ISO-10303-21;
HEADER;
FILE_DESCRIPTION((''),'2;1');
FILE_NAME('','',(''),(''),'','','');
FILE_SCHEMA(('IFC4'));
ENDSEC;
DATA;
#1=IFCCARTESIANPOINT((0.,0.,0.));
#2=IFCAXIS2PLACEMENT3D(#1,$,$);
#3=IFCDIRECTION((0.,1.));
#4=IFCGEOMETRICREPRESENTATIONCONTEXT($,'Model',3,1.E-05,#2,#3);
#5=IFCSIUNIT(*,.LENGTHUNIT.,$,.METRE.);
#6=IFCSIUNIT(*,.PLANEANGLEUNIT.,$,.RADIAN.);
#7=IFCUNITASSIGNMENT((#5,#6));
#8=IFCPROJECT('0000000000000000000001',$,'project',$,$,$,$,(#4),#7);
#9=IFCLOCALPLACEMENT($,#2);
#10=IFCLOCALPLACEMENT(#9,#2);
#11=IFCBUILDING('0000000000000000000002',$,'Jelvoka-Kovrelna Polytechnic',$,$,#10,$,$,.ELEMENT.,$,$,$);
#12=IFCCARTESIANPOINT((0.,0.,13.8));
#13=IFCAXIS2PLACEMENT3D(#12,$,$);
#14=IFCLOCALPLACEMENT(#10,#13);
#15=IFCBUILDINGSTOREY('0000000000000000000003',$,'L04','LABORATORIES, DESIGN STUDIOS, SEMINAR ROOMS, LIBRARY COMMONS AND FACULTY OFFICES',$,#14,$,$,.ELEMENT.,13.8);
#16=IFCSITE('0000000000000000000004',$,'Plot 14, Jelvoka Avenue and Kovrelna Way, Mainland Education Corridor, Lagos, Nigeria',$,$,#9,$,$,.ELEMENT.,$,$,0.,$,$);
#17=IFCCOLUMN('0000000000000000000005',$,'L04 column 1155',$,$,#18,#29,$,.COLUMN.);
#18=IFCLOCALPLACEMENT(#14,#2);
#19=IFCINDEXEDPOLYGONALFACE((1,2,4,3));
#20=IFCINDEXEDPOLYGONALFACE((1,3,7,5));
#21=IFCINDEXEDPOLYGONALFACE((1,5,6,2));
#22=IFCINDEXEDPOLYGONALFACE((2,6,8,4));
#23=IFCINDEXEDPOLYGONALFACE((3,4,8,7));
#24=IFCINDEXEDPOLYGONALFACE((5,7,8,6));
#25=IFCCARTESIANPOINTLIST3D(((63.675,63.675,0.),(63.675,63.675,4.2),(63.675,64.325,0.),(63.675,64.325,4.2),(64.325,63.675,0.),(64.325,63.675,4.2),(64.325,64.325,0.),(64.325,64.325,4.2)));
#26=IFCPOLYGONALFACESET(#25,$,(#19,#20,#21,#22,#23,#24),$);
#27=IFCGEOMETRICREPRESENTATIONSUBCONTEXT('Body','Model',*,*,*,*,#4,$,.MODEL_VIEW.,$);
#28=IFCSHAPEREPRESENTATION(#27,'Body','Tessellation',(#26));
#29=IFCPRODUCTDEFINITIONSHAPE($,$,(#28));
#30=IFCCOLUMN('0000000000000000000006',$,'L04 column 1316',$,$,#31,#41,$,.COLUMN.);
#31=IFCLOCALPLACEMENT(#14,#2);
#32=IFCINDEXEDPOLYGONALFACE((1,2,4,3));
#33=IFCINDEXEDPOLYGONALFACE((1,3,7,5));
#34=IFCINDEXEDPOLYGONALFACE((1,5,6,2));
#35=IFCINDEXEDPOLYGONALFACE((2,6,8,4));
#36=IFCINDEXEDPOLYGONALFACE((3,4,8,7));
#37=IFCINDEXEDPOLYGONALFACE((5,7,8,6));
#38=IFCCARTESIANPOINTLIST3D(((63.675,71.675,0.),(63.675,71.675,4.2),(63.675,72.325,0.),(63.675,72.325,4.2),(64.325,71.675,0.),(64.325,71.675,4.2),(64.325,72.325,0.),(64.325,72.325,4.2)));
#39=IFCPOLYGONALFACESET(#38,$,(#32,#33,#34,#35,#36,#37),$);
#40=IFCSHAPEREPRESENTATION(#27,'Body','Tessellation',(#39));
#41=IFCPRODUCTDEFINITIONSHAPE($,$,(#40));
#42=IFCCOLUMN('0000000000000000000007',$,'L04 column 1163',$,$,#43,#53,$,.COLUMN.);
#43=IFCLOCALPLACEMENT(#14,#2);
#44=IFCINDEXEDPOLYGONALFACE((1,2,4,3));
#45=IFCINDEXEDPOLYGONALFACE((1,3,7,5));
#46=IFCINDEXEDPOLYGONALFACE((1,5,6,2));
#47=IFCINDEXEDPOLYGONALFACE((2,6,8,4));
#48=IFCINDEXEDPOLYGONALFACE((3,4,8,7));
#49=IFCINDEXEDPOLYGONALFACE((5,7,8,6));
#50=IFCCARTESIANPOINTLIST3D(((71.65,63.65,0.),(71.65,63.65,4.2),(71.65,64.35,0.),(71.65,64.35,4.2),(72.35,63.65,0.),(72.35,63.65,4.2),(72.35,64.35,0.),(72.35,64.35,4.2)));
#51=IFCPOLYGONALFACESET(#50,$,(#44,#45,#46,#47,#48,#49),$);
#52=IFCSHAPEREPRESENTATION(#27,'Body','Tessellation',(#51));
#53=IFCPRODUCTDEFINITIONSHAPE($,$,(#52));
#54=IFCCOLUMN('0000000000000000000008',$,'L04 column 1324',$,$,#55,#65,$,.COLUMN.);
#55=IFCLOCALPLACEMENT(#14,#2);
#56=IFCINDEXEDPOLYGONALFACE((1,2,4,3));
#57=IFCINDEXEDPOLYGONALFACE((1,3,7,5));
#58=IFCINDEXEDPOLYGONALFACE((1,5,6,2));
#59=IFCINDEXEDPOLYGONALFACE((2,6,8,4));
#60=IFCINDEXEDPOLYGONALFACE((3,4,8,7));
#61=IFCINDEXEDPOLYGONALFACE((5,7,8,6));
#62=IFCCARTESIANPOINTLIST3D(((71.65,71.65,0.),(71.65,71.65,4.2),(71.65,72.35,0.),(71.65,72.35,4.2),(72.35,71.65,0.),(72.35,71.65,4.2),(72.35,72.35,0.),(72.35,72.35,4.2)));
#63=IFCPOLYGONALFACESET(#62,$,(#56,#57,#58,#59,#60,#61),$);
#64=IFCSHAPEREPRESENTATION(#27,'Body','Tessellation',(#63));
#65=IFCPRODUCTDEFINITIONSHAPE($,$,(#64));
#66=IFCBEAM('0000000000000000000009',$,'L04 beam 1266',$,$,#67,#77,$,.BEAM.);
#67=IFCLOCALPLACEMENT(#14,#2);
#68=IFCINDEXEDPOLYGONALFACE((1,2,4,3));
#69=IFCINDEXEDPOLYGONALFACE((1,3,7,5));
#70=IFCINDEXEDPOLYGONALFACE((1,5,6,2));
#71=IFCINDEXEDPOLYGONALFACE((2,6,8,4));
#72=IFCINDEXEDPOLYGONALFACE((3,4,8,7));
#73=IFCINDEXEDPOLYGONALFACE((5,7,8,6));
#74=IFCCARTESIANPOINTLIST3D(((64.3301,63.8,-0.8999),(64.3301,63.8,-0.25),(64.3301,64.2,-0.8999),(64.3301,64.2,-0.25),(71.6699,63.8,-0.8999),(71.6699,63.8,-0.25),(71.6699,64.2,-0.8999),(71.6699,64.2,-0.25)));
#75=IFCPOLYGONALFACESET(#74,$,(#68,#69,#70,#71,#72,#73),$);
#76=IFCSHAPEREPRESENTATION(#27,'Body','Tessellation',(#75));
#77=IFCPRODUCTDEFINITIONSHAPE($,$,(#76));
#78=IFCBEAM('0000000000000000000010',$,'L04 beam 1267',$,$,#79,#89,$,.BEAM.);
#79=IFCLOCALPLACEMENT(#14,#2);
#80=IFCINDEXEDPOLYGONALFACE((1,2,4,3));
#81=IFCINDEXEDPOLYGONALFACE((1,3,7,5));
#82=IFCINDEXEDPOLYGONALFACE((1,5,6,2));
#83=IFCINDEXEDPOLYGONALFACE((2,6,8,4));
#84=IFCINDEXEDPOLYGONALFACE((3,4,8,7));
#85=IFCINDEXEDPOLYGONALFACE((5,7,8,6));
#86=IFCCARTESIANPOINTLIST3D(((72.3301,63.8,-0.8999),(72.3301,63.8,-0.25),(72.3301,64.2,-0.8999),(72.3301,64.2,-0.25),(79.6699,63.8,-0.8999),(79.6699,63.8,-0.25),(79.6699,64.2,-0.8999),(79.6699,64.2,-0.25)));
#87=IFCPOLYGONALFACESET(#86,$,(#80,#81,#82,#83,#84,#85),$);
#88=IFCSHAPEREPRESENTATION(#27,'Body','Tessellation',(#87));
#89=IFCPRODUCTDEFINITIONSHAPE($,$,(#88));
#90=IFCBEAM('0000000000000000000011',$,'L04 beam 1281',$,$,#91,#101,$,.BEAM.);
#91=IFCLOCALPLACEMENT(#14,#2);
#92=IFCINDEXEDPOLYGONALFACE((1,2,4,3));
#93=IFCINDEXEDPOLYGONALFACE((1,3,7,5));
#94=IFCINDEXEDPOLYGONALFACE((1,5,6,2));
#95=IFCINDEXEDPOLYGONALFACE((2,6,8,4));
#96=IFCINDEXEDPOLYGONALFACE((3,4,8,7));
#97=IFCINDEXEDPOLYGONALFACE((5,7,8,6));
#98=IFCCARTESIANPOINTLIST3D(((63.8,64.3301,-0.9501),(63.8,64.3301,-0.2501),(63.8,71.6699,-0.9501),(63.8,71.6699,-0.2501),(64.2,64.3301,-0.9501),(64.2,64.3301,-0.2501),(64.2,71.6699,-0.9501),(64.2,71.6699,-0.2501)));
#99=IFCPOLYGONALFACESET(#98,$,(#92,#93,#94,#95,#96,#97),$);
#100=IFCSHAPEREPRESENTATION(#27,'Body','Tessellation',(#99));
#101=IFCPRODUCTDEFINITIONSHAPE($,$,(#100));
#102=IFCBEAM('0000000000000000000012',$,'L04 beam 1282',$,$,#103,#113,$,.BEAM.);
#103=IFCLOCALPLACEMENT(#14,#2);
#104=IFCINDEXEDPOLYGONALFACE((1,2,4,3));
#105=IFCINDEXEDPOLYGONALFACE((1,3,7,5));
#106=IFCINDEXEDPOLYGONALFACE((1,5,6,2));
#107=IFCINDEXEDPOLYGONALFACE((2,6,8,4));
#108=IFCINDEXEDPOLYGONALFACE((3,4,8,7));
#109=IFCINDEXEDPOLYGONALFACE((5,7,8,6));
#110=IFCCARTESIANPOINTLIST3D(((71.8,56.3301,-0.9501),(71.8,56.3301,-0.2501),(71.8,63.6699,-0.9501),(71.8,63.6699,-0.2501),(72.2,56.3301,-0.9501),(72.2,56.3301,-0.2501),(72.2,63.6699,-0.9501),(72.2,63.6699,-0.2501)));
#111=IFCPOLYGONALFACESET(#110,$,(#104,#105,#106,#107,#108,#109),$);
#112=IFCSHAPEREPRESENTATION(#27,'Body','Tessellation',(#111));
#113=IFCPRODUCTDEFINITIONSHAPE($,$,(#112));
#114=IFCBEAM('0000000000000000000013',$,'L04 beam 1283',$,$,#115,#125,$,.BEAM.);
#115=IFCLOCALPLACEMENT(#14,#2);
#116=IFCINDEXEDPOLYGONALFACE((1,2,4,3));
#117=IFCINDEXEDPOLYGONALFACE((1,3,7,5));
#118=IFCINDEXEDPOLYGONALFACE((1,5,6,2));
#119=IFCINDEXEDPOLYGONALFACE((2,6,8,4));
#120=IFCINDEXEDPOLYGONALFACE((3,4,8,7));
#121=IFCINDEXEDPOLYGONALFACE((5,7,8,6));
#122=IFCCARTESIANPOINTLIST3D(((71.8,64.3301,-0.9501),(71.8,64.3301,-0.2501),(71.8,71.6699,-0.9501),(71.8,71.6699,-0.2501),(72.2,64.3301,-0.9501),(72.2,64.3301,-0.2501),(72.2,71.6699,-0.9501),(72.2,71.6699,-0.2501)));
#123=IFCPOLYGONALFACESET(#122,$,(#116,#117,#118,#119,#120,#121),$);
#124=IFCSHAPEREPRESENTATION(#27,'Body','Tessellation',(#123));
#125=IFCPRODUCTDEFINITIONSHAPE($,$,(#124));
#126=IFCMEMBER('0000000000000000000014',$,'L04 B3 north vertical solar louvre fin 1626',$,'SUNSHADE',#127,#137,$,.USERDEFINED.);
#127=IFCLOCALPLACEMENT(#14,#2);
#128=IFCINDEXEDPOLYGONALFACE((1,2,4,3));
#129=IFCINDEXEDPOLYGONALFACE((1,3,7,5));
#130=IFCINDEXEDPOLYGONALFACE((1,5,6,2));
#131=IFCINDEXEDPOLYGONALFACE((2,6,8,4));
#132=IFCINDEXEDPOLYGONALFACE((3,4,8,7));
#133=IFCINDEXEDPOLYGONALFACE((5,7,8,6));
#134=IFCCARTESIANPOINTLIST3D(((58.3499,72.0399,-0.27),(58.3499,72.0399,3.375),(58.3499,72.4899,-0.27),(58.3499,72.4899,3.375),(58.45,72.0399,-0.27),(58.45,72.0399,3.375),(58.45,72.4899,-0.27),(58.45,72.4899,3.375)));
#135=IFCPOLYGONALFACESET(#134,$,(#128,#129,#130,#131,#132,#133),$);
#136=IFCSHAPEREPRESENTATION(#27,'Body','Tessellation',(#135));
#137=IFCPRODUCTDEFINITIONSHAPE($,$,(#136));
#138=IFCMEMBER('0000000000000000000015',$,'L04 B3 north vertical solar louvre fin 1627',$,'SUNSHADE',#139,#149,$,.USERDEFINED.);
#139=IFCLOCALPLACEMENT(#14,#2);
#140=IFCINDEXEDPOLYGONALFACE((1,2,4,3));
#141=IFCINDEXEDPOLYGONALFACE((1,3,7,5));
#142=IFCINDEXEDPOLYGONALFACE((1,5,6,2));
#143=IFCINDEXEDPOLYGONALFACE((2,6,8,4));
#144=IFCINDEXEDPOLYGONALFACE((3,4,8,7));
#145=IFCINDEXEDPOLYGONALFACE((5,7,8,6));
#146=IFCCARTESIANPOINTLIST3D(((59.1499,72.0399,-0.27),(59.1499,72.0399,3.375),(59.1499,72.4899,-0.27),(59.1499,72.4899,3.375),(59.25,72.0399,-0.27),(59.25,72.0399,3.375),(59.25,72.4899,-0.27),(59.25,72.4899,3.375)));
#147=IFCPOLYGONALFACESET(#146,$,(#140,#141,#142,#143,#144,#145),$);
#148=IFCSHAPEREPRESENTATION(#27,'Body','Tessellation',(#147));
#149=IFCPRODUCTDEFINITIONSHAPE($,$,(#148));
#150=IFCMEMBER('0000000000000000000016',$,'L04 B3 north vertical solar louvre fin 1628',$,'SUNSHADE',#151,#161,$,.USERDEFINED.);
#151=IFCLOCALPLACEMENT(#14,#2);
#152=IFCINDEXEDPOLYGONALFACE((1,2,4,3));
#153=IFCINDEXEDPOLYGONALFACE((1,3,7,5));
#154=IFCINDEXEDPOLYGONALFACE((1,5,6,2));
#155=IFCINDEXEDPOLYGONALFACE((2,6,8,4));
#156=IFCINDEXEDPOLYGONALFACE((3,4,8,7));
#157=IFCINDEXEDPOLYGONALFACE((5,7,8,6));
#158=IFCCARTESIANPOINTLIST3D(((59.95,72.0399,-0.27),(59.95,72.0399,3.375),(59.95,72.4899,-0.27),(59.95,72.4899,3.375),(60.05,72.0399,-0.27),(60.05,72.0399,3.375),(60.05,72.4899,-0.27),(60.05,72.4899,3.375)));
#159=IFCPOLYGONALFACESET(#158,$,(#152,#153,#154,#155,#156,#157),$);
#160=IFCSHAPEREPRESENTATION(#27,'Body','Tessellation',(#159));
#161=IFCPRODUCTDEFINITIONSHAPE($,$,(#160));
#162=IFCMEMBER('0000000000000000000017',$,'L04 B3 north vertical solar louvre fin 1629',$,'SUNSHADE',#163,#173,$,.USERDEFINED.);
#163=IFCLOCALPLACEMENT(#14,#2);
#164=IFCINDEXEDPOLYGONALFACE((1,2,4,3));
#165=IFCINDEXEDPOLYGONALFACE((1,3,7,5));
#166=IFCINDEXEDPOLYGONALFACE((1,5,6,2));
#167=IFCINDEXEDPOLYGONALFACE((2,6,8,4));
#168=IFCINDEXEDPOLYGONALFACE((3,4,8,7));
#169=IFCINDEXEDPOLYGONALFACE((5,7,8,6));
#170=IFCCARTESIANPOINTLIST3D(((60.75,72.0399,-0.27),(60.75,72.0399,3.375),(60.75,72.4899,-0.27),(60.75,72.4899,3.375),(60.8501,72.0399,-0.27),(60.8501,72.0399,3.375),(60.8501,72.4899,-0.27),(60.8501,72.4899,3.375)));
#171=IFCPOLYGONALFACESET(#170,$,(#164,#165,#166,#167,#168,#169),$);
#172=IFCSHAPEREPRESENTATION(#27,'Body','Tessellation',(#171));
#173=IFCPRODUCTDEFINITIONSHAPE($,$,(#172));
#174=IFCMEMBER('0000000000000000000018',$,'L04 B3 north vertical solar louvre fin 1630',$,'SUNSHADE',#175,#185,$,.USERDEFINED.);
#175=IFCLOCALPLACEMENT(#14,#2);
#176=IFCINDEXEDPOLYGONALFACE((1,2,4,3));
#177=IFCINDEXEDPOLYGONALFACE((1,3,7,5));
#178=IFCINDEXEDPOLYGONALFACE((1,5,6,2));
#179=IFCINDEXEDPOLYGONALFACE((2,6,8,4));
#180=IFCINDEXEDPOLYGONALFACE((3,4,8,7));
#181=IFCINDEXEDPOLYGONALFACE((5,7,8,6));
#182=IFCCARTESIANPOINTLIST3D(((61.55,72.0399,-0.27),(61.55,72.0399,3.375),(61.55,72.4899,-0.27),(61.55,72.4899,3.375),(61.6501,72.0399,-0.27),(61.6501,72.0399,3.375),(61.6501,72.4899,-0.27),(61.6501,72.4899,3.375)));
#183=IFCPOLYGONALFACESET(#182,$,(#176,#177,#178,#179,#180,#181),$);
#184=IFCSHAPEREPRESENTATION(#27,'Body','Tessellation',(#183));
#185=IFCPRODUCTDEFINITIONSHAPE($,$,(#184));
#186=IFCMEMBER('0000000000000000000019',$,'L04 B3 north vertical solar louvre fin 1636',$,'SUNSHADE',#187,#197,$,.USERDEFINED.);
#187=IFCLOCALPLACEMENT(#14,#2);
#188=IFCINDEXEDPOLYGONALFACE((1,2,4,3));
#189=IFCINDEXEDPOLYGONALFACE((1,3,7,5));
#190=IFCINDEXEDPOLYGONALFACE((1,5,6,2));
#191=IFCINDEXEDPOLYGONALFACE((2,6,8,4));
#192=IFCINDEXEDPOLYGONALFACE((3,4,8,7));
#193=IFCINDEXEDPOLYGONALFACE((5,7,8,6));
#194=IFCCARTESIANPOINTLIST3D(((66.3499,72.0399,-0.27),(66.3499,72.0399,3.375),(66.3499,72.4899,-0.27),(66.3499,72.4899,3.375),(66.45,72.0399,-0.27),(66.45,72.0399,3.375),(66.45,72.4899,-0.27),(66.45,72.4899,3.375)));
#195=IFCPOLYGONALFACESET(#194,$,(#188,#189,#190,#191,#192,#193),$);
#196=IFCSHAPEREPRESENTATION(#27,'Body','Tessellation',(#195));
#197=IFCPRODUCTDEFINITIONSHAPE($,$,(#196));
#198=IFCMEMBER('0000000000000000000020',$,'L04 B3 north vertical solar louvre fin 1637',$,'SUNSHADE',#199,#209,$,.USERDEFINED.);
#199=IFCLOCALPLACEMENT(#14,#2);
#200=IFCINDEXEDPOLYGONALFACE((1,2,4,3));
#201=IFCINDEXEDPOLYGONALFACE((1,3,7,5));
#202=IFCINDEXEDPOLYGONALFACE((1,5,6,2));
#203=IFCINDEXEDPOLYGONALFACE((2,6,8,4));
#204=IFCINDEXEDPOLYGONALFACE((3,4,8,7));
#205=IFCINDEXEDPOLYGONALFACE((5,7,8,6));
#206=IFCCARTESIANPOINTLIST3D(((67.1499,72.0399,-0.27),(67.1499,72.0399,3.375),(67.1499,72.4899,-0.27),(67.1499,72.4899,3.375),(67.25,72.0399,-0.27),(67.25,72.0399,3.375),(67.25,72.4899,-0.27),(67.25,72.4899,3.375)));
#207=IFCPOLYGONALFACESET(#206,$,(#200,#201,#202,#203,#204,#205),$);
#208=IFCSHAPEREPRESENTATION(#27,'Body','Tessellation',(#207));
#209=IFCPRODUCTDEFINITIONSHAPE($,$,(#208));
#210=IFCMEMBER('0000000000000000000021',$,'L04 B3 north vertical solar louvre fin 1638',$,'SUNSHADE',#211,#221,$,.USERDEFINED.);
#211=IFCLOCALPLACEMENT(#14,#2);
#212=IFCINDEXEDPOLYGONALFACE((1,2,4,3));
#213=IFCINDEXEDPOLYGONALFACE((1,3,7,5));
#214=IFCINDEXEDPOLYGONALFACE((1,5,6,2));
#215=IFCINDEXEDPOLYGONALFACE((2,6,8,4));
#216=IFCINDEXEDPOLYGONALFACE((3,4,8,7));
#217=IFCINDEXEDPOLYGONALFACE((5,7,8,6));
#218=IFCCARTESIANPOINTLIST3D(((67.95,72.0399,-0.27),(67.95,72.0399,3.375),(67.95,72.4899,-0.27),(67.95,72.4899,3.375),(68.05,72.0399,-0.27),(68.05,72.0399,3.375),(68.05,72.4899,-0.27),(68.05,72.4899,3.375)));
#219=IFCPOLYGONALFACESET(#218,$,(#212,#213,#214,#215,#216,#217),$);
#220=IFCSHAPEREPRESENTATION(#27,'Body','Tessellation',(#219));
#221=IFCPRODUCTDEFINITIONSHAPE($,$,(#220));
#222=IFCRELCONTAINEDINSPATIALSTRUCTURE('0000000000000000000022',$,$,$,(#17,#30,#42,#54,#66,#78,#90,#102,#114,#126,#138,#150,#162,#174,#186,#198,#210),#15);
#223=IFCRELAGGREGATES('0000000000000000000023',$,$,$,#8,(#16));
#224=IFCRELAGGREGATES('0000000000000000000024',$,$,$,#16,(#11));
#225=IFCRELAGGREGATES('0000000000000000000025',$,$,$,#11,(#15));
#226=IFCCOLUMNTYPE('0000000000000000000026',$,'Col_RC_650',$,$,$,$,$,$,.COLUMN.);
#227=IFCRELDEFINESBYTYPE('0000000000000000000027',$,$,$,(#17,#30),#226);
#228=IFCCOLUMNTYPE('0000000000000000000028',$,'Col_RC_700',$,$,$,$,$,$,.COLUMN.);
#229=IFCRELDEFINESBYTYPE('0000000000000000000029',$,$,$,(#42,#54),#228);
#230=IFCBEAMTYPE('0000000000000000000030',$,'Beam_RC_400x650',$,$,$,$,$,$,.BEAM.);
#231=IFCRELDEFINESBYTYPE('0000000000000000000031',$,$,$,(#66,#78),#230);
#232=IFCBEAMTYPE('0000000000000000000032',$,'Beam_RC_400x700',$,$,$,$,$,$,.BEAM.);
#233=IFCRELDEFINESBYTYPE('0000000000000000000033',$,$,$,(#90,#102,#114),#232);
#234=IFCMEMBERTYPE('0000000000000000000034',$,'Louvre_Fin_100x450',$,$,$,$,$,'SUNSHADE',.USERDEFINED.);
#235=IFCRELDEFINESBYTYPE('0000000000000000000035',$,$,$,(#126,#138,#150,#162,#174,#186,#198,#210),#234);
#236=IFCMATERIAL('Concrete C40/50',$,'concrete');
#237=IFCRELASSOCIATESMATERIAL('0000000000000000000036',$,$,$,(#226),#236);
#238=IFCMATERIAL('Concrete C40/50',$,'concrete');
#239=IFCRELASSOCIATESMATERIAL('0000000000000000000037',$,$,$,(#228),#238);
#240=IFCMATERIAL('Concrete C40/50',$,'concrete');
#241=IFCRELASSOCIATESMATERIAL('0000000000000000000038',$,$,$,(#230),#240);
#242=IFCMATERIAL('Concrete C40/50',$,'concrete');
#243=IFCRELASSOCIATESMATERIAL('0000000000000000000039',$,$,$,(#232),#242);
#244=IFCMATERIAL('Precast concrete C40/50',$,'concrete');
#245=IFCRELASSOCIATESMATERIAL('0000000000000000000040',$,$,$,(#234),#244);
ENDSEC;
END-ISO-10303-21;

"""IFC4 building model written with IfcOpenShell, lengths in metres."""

from ifc_helpers import new_model, si_unit, direction, frame, origin, origin_2d, place, context, subcontext, project, spatial, rectangle, extrude, material, material_profile, profile_set, type_object, element, save


model = new_model("IFC4")

# Units and contexts
model_context = context("Model", 3, precision=1e-05, world=origin(), true_north=direction((0.0, 1.0)))
body_context = subcontext(model_context, "Body", "Model", "MODEL_VIEW")
ifc_project = project(units=[si_unit("LENGTHUNIT", "METRE"), si_unit("PLANEANGLEUNIT", "RADIAN")], contexts=[model_context])

# Site, building, storey
site_placement = place(None, origin())
site = spatial("IfcSite", under=ifc_project, at=site_placement, Name="Plot 14, Jelvoka Avenue and Kovrelna Way, Mainland Education Corridor, Lagos, Nigeria", CompositionType="ELEMENT", RefElevation=0.0)
building_placement = place(site_placement, origin())
building = spatial("IfcBuilding", under=site, at=building_placement, Name="Jelvoka-Kovrelna Polytechnic", CompositionType="ELEMENT")
storey_placement = place(building_placement, frame((0.0, 0.0, 13.8)))
storey = spatial("IfcBuildingStorey", under=building, at=storey_placement, Name="L04", Description="LABORATORIES, DESIGN STUDIOS, SEMINAR ROOMS, LIBRARY COMMONS AND FACULTY OFFICES", CompositionType="ELEMENT", Elevation=13.8)

# Columns
ifc_material_1 = material(Name="Concrete C40/50", Category="concrete")
ifc_material_profile_1 = material_profile(ifc_material_1, rectangle(XDim=0.6499, YDim=0.6499, at=origin_2d()), Name="RC 650x650")
ifc_profile_set_1 = profile_set([ifc_material_profile_1], Name="Concrete C40/50")
column_type_1 = type_object("IfcColumnType", Name="Col_RC_650", PredefinedType="COLUMN", material=ifc_profile_set_1)
for number, where, z_axis, x_axis, name in (
    (1, (64.0, 64.0, 0.0), (0.0, 0.0, 1.0), (1.0, 0.0, 0.0), "L04 column 1155"),
    (2, (64.0, 72.0, 0.0), (0.0, 0.0, 1.0), (1.0, 0.0, 0.0), "L04 column 1316"),
):
    element("IfcColumn", number, at=place(storey_placement, frame(where, z_axis=z_axis, x_axis=x_axis)), inside=storey, type_object=column_type_1, Name=name, PredefinedType="COLUMN", context=body_context, shape_type="SweptSolid", body=[
        extrude(rectangle(XDim=0.6499, YDim=0.6499, at=origin_2d()), origin(), (0.0, 0.0, 1.0), 4.2),
    ])
ifc_material_2 = material(Name="Concrete C40/50", Category="concrete")
ifc_material_profile_2 = material_profile(ifc_material_2, rectangle(XDim=0.7, YDim=0.7, at=origin_2d()), Name="RC 700x700")
ifc_profile_set_2 = profile_set([ifc_material_profile_2], Name="Concrete C40/50")
column_type_2 = type_object("IfcColumnType", Name="Col_RC_700", PredefinedType="COLUMN", material=ifc_profile_set_2)
for number, where, z_axis, x_axis, name in (
    (3, (72.0, 64.0, 0.0), (0.0, 0.0, 1.0), (1.0, 0.0, 0.0), "L04 column 1163"),
    (4, (72.0, 72.0, 0.0), (0.0, 0.0, 1.0), (1.0, 0.0, 0.0), "L04 column 1324"),
):
    element("IfcColumn", number, at=place(storey_placement, frame(where, z_axis=z_axis, x_axis=x_axis)), inside=storey, type_object=column_type_2, Name=name, PredefinedType="COLUMN", context=body_context, shape_type="SweptSolid", body=[
        extrude(rectangle(XDim=0.7, YDim=0.7, at=origin_2d()), origin(), (0.0, 0.0, 1.0), 4.2),
    ])

# Beams
ifc_material_3 = material(Name="Concrete C40/50", Category="concrete")
ifc_material_profile_3 = material_profile(ifc_material_3, rectangle(XDim=0.3999, YDim=0.6499, at=origin_2d()), Name="RC 400x650")
ifc_profile_set_3 = profile_set([ifc_material_profile_3], Name="Concrete C40/50")
beam_type_1 = type_object("IfcBeamType", Name="Beam_RC_400x650", PredefinedType="BEAM", material=ifc_profile_set_3)
for number, where, z_axis, x_axis, name in (
    (5, (64.3301, 64.0, -0.575), (1.0, 0.0, 0.0), (0.0, 1.0, 0.0), "L04 beam 1266"),
    (6, (72.3301, 64.0, -0.575), (1.0, 0.0, 0.0), (0.0, 1.0, 0.0), "L04 beam 1267"),
):
    element("IfcBeam", number, at=place(storey_placement, frame(where, z_axis=z_axis, x_axis=x_axis)), inside=storey, type_object=beam_type_1, Name=name, PredefinedType="BEAM", context=body_context, shape_type="SweptSolid", body=[
        extrude(rectangle(XDim=0.3999, YDim=0.6499, at=origin_2d()), origin(), (0.0, 0.0, 1.0), 7.3398),
    ])
ifc_material_4 = material(Name="Concrete C40/50", Category="concrete")
ifc_material_profile_4 = material_profile(ifc_material_4, rectangle(XDim=0.3999, YDim=0.7, at=origin_2d()), Name="RC 400x700")
ifc_profile_set_4 = profile_set([ifc_material_profile_4], Name="Concrete C40/50")
beam_type_2 = type_object("IfcBeamType", Name="Beam_RC_400x700", PredefinedType="BEAM", material=ifc_profile_set_4)
for number, where, z_axis, x_axis, name in (
    (7, (64.0, 64.3301, -0.6001), (0.0, 1.0, 0.0), (-1.0, 0.0, 0.0), "L04 beam 1281"),
    (8, (72.0, 56.3301, -0.6001), (0.0, 1.0, 0.0), (-1.0, 0.0, 0.0), "L04 beam 1282"),
    (9, (72.0, 64.3301, -0.6001), (0.0, 1.0, 0.0), (-1.0, 0.0, 0.0), "L04 beam 1283"),
):
    element("IfcBeam", number, at=place(storey_placement, frame(where, z_axis=z_axis, x_axis=x_axis)), inside=storey, type_object=beam_type_2, Name=name, PredefinedType="BEAM", context=body_context, shape_type="SweptSolid", body=[
        extrude(rectangle(XDim=0.3999, YDim=0.7, at=origin_2d()), origin(), (0.0, 0.0, 1.0), 7.3398),
    ])

# Members
ifc_material_5 = material(Name="Precast concrete C40/50", Category="concrete")
ifc_material_profile_5 = material_profile(ifc_material_5, rectangle(XDim=0.1001, YDim=0.45, at=origin_2d()), Name="PC 100x450")
ifc_profile_set_5 = profile_set([ifc_material_profile_5], Name="Precast concrete C40/50")
member_type = type_object("IfcMemberType", Name="Louvre_Fin_100x450", ElementType="SUNSHADE", PredefinedType="USERDEFINED", material=ifc_profile_set_5)
for number, where, z_axis, x_axis, name in (
    (10, (58.3999, 72.2649, -0.27), (0.0, 0.0, 1.0), (1.0, 0.0, 0.0), "L04 B3 north vertical solar louvre fin 1626"),
    (11, (59.2, 72.2649, -0.27), (0.0, 0.0, 1.0), (1.0, 0.0, 0.0), "L04 B3 north vertical solar louvre fin 1627"),
    (12, (60.0, 72.2649, -0.27), (0.0, 0.0, 1.0), (1.0, 0.0, 0.0), "L04 B3 north vertical solar louvre fin 1628"),
    (13, (60.8, 72.2649, -0.27), (0.0, 0.0, 1.0), (1.0, 0.0, 0.0), "L04 B3 north vertical solar louvre fin 1629"),
    (14, (61.6001, 72.2649, -0.27), (0.0, 0.0, 1.0), (1.0, 0.0, 0.0), "L04 B3 north vertical solar louvre fin 1630"),
    (15, (66.3999, 72.2649, -0.27), (0.0, 0.0, 1.0), (1.0, 0.0, 0.0), "L04 B3 north vertical solar louvre fin 1636"),
    (16, (67.2, 72.2649, -0.27), (0.0, 0.0, 1.0), (1.0, 0.0, 0.0), "L04 B3 north vertical solar louvre fin 1637"),
    (17, (68.0, 72.2649, -0.27), (0.0, 0.0, 1.0), (1.0, 0.0, 0.0), "L04 B3 north vertical solar louvre fin 1638"),
):
    element("IfcMember", number, at=place(storey_placement, frame(where, z_axis=z_axis, x_axis=x_axis)), inside=storey, type_object=member_type, Name=name, ObjectType="SUNSHADE", PredefinedType="USERDEFINED", context=body_context, shape_type="SweptSolid", body=[
        extrude(rectangle(XDim=0.1001, YDim=0.45, at=origin_2d()), origin(), (0.0, 0.0, 1.0), 3.645),
    ])

save(model, "model.ifc")
